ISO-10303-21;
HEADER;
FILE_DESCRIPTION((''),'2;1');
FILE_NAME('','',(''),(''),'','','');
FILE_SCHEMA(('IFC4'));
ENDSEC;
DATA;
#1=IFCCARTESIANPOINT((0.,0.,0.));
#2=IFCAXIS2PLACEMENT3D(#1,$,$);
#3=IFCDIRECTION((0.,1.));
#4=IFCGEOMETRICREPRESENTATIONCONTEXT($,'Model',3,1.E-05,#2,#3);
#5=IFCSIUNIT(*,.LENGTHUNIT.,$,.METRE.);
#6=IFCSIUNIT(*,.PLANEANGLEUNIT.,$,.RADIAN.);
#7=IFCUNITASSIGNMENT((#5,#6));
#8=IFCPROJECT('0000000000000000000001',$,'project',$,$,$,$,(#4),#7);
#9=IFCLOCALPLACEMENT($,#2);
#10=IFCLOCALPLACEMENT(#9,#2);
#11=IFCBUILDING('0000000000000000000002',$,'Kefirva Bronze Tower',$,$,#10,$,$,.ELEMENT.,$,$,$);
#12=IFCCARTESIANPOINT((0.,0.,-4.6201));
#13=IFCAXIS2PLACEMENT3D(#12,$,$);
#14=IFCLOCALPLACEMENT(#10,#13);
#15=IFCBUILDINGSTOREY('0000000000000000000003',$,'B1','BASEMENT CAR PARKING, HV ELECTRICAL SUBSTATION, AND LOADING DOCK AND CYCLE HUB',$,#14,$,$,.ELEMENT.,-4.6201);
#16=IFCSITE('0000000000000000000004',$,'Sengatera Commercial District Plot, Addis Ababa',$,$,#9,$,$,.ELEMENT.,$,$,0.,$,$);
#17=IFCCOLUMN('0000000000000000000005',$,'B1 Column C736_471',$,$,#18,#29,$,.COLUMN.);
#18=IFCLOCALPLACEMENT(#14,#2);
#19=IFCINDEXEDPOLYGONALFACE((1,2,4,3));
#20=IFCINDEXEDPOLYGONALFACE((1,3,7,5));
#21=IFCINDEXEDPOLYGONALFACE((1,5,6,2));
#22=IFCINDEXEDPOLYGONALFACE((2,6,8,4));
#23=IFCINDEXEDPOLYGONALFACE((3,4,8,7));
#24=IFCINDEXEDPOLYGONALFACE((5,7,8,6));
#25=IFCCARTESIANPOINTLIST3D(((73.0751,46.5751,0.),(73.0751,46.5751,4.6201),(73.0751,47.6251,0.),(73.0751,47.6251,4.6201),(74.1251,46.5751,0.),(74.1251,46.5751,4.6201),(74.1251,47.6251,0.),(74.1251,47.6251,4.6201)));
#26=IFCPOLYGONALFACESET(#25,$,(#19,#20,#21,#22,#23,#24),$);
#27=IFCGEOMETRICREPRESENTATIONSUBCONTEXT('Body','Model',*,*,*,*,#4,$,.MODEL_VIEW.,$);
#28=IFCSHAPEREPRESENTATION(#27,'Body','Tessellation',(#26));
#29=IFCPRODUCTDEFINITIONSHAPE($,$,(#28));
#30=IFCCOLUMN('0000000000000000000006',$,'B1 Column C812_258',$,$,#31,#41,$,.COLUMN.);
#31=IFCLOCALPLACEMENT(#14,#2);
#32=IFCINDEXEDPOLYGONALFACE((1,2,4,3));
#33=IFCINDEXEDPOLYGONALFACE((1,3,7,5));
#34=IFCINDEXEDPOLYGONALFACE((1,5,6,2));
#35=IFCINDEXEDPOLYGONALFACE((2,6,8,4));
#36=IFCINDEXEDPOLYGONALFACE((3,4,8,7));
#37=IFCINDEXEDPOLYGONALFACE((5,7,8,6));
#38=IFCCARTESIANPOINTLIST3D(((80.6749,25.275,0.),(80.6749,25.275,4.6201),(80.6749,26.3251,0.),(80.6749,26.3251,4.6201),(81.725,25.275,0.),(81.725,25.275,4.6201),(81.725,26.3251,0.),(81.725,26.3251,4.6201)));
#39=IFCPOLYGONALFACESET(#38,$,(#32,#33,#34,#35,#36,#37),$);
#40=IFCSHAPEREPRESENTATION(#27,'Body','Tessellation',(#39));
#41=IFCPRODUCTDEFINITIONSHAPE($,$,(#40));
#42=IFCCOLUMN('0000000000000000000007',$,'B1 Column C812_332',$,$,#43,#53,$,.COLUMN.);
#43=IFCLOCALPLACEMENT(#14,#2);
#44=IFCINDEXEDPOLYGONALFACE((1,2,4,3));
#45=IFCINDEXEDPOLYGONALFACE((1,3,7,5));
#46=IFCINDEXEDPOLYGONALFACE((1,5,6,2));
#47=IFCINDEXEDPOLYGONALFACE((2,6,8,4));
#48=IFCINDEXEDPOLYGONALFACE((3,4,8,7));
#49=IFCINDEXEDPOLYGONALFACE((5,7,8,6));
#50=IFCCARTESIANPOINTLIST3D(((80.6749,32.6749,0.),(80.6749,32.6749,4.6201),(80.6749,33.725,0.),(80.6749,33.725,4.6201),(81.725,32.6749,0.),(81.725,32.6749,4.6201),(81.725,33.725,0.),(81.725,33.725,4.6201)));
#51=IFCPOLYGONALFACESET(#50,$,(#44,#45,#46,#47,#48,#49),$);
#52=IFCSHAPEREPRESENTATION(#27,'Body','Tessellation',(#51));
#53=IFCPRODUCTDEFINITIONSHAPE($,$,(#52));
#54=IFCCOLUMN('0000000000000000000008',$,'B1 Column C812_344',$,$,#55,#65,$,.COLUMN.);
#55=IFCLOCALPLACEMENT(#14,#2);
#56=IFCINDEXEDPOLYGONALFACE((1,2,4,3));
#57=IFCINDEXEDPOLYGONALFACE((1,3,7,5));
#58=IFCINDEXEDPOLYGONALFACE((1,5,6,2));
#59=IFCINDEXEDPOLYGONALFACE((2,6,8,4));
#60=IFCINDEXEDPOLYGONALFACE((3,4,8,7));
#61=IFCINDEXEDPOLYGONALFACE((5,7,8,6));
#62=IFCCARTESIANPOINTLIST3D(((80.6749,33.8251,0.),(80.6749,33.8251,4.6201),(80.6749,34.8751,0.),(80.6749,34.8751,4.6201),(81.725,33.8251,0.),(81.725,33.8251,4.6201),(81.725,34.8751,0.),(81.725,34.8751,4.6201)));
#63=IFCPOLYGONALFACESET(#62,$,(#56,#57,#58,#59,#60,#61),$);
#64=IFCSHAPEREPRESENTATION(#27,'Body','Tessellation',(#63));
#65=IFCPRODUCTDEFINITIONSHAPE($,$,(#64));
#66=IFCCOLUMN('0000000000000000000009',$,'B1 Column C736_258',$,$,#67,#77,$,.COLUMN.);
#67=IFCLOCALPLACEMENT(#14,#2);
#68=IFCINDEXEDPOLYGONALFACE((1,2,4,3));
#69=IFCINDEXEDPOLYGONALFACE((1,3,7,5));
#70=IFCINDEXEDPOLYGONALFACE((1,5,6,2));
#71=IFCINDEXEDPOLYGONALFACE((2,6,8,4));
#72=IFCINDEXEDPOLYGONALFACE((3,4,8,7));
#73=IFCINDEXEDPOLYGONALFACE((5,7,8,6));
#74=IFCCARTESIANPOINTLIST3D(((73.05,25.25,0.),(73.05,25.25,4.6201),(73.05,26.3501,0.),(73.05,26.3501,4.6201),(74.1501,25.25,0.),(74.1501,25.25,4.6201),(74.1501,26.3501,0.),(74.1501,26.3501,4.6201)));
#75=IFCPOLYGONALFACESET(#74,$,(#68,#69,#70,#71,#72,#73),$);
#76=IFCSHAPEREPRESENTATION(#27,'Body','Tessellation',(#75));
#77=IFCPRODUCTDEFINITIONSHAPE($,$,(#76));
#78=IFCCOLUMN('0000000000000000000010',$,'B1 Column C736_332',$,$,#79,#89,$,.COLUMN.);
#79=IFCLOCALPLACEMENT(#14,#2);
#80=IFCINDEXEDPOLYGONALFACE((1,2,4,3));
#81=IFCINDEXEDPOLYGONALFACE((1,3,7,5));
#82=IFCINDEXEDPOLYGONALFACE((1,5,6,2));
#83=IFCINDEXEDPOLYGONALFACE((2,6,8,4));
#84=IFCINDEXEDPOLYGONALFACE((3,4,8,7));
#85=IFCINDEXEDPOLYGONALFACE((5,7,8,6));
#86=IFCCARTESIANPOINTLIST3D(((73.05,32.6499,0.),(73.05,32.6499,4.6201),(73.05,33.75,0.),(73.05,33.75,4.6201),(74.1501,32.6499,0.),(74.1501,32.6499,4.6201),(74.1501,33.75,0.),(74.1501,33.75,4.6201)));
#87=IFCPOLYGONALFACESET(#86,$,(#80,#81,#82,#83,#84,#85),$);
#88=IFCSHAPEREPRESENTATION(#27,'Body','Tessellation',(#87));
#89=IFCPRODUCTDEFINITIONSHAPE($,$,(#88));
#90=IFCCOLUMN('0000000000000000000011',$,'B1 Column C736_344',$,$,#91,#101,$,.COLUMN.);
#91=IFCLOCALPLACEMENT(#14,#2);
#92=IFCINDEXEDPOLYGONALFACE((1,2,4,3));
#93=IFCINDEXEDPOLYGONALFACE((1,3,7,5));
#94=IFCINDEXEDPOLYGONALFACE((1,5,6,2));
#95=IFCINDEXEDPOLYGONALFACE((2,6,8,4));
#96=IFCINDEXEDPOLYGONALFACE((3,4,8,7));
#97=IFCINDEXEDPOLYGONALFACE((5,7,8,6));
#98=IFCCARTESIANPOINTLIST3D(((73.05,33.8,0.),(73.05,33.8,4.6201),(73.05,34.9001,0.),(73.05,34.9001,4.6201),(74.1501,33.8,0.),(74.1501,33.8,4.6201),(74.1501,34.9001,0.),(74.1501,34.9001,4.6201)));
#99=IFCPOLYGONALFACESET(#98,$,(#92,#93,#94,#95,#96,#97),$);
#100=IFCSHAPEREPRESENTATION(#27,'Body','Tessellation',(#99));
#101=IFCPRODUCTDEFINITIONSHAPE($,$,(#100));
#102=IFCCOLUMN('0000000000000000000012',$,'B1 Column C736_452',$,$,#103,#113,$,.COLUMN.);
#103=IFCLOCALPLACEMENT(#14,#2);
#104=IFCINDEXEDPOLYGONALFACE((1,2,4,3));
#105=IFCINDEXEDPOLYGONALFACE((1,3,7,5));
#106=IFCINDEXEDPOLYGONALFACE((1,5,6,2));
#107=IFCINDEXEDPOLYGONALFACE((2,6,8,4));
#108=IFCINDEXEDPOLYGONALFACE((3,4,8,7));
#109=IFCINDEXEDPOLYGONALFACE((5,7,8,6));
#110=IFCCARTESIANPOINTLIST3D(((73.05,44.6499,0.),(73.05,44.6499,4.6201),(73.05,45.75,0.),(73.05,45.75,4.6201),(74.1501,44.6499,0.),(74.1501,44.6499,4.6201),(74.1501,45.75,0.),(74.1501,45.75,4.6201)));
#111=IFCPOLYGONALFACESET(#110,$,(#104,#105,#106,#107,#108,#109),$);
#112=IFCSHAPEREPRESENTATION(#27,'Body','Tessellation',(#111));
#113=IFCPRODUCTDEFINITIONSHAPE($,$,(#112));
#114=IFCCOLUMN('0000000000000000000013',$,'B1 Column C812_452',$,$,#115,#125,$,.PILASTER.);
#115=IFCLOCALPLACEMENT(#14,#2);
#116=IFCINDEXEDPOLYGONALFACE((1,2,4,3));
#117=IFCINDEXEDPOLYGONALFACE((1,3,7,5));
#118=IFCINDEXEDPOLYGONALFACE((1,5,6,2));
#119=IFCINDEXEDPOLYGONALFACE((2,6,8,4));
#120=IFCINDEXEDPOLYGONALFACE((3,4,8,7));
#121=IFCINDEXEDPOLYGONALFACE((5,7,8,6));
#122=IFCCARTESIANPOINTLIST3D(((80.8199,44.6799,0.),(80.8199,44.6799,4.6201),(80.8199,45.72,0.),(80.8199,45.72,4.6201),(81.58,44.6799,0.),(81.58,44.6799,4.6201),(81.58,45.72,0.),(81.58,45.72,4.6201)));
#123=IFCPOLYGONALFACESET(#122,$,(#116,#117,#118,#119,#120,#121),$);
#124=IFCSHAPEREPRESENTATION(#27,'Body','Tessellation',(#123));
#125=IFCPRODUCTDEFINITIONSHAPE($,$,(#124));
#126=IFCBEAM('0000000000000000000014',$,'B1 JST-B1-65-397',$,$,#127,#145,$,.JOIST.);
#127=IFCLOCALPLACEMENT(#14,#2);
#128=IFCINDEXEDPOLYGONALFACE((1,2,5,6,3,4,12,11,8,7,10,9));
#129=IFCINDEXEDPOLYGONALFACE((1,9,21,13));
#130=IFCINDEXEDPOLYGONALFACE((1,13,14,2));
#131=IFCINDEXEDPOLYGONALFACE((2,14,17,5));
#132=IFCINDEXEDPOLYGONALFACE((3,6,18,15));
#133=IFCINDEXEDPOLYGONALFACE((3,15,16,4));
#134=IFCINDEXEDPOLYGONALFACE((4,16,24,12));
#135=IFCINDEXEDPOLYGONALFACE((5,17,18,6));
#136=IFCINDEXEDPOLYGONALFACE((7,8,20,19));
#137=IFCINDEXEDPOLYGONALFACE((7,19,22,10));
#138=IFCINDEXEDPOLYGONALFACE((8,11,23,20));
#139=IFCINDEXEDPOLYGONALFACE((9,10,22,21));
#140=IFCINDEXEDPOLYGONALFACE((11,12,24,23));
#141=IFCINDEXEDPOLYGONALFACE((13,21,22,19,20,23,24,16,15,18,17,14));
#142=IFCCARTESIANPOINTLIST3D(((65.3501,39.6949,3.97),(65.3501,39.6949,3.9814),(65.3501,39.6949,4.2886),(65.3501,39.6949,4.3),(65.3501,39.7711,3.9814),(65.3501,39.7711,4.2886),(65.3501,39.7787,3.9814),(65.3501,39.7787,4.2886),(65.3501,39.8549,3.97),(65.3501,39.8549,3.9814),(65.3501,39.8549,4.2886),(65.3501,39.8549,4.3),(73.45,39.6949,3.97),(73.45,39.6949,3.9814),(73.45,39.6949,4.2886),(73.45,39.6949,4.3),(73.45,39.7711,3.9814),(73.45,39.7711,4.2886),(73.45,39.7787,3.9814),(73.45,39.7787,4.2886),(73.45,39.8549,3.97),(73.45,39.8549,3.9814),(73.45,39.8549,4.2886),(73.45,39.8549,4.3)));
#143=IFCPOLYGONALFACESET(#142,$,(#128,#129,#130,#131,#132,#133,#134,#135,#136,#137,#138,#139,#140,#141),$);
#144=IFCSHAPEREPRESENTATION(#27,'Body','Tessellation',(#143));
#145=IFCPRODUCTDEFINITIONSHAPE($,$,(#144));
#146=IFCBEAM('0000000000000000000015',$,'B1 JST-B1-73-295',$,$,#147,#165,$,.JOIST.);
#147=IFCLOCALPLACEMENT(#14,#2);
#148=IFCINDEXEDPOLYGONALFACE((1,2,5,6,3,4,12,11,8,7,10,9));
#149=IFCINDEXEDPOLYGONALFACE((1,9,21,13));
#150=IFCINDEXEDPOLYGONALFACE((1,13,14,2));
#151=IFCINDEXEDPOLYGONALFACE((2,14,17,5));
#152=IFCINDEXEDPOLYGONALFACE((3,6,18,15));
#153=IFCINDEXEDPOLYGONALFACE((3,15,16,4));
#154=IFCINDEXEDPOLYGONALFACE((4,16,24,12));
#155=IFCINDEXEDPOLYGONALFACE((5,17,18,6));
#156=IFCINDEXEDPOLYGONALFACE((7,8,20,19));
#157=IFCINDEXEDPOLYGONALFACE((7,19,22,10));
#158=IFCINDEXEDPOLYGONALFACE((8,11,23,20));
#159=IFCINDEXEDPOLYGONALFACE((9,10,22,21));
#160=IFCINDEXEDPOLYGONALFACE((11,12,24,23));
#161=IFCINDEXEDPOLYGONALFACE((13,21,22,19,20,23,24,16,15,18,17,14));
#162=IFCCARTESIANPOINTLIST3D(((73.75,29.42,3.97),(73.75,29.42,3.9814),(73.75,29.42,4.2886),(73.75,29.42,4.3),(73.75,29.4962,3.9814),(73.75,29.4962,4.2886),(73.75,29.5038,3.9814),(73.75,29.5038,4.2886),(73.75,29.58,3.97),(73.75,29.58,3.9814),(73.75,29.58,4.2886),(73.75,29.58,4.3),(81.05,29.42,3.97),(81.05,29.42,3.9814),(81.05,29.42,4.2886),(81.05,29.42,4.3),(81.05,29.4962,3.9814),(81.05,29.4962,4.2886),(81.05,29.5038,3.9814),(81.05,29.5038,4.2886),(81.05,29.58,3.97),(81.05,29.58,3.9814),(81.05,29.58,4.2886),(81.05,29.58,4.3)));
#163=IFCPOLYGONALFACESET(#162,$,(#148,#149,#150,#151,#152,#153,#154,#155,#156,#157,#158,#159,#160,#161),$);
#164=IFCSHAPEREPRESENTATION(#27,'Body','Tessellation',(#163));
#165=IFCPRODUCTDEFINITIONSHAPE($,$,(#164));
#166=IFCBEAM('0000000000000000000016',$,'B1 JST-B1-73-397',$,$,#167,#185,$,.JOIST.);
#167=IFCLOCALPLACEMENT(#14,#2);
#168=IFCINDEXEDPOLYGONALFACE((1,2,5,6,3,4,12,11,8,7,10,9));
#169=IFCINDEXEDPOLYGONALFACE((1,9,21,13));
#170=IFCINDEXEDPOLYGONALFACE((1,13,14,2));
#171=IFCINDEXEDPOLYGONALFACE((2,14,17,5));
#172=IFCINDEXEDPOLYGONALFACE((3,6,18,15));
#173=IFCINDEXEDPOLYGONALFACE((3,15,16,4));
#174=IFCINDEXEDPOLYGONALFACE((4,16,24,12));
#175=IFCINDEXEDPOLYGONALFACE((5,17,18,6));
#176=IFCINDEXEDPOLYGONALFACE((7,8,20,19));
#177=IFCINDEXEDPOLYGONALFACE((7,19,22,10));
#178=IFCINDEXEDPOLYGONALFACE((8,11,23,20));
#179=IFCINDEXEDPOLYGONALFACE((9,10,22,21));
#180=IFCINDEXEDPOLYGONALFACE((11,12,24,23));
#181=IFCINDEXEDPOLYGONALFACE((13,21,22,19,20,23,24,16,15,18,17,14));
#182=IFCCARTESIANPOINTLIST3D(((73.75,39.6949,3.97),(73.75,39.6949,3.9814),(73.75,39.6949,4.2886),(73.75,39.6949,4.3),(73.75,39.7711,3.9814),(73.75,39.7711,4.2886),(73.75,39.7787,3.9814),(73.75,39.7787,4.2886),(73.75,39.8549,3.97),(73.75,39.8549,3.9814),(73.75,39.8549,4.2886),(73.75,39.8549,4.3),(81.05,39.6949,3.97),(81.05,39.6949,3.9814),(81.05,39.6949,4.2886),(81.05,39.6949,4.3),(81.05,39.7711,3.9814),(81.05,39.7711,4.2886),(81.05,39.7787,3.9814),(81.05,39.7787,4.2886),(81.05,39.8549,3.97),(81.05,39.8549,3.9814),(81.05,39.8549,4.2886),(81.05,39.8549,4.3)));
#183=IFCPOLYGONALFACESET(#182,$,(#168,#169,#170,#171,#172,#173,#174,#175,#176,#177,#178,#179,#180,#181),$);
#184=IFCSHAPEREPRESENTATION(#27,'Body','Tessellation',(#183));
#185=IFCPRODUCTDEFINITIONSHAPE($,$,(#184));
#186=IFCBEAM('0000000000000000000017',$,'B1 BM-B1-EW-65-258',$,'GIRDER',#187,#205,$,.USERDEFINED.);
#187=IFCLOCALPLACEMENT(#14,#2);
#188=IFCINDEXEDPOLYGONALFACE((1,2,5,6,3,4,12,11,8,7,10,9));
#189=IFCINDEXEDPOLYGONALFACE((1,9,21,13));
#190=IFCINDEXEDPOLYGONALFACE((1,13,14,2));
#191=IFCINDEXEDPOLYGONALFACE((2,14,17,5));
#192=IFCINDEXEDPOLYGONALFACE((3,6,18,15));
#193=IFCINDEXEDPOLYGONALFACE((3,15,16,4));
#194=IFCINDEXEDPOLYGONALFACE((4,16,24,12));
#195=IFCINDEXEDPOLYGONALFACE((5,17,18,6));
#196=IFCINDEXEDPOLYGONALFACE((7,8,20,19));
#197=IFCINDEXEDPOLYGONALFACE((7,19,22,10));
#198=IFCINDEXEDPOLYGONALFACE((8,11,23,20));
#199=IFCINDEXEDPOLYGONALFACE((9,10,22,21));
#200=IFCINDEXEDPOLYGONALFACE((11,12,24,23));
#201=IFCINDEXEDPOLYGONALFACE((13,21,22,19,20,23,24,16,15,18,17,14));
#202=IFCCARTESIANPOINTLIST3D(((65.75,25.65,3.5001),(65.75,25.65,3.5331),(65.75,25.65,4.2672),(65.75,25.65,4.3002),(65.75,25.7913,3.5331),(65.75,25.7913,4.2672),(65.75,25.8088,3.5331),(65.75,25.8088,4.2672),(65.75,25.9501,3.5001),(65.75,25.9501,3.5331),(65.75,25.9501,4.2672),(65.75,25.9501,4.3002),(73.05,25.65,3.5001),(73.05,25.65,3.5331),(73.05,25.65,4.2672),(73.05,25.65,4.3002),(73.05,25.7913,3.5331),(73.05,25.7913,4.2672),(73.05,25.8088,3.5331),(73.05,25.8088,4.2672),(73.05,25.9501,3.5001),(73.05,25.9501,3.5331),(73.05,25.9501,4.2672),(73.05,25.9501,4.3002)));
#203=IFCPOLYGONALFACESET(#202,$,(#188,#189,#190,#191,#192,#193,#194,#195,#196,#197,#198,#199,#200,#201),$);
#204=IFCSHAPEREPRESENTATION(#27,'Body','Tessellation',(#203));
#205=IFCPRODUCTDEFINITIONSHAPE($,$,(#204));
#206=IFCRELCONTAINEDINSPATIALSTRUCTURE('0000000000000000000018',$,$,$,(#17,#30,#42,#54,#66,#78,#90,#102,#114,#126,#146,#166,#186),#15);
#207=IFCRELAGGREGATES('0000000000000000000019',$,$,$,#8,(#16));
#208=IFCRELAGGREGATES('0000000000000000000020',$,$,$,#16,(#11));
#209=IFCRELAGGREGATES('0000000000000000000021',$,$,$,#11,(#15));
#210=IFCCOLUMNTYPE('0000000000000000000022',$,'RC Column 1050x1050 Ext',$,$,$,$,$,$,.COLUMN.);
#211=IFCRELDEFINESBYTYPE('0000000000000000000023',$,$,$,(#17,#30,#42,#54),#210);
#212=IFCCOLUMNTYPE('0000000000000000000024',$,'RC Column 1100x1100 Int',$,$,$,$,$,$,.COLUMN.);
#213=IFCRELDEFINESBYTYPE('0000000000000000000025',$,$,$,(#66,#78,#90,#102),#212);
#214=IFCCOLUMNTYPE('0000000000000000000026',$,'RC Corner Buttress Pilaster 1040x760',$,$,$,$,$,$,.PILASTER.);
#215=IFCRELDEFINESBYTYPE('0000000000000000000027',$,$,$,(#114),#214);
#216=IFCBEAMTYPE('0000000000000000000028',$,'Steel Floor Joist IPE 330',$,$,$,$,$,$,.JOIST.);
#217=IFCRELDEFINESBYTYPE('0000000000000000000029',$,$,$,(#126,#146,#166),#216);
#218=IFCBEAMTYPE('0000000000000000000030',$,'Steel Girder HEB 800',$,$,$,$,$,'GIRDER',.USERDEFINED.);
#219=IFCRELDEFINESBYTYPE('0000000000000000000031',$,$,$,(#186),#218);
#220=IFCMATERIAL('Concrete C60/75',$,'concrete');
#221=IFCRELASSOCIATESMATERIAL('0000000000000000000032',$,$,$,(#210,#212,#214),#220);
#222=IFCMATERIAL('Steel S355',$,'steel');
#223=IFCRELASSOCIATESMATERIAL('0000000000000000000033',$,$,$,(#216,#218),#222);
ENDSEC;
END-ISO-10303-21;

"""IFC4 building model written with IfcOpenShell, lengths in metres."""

from ifc_helpers import new_model, si_unit, direction, frame, origin, origin_2d, place, context, subcontext, project, spatial, rectangle, i_section, extrude, material, material_profile, profile_set, type_object, element, save


model = new_model("IFC4")

# Units and contexts
model_context = context("Model", 3, precision=1e-05, world=origin(), true_north=direction((0.0, 1.0)))
body_context = subcontext(model_context, "Body", "Model", "MODEL_VIEW")
ifc_project = project(units=[si_unit("LENGTHUNIT", "METRE"), si_unit("PLANEANGLEUNIT", "RADIAN")], contexts=[model_context])

# Site, building, storey
site_placement = place(None, origin())
site = spatial("IfcSite", under=ifc_project, at=site_placement, Name="Sengatera Commercial District Plot, Addis Ababa", CompositionType="ELEMENT", RefElevation=0.0)
building_placement = place(site_placement, origin())
building = spatial("IfcBuilding", under=site, at=building_placement, Name="Kefirva Bronze Tower", CompositionType="ELEMENT")
storey_placement = place(building_placement, frame((0.0, 0.0, -4.6201)))
storey = spatial("IfcBuildingStorey", under=building, at=storey_placement, Name="B1", Description="BASEMENT CAR PARKING, HV ELECTRICAL SUBSTATION, AND LOADING DOCK AND CYCLE HUB", CompositionType="ELEMENT", Elevation=-4.6201)

# Columns
ifc_material_1 = material(Name="Concrete C60/75", Category="concrete")
ifc_material_profile_1 = material_profile(ifc_material_1, rectangle(XDim=1.05, YDim=1.05, at=origin_2d()), Name="RC 1050x1050")
ifc_profile_set_1 = profile_set([ifc_material_profile_1], Name="Concrete C60/75")
column_type_1 = type_object("IfcColumnType", Name="RC Column 1050x1050 Ext", PredefinedType="COLUMN", material=ifc_profile_set_1)
for number, where, z_axis, x_axis, name in (
    (1, (73.6001, 47.1001, 0.0), (0.0, 0.0, 1.0), (1.0, 0.0, 0.0), "B1 Column C736_471"),
    (2, (81.2, 25.8, 0.0), (0.0, 0.0, 1.0), (1.0, 0.0, 0.0), "B1 Column C812_258"),
    (3, (81.2, 33.2, 0.0), (0.0, 0.0, 1.0), (1.0, 0.0, 0.0), "B1 Column C812_332"),
    (4, (81.2, 34.3501, 0.0), (0.0, 0.0, 1.0), (1.0, 0.0, 0.0), "B1 Column C812_344"),
):
    element("IfcColumn", number, at=place(storey_placement, frame(where, z_axis=z_axis, x_axis=x_axis)), inside=storey, type_object=column_type_1, Name=name, PredefinedType="COLUMN", context=body_context, shape_type="SweptSolid", body=[
        extrude(rectangle(XDim=1.05, YDim=1.05, at=origin_2d()), origin(), (0.0, 0.0, 1.0), 4.6201),
    ])
ifc_material_profile_2 = material_profile(ifc_material_1, rectangle(XDim=1.1001, YDim=1.1001, at=origin_2d()), Name="RC 1100x1100")
ifc_profile_set_2 = profile_set([ifc_material_profile_2], Name="Concrete C60/75")
column_type_2 = type_object("IfcColumnType", Name="RC Column 1100x1100 Int", PredefinedType="COLUMN", material=ifc_profile_set_2)
for number, where, z_axis, x_axis, name in (
    (5, (73.6001, 25.8, 0.0), (0.0, 0.0, 1.0), (1.0, 0.0, 0.0), "B1 Column C736_258"),
    (6, (73.6001, 33.2, 0.0), (0.0, 0.0, 1.0), (1.0, 0.0, 0.0), "B1 Column C736_332"),
    (7, (73.6001, 34.3501, 0.0), (0.0, 0.0, 1.0), (1.0, 0.0, 0.0), "B1 Column C736_344"),
    (8, (73.6001, 45.2, 0.0), (0.0, 0.0, 1.0), (1.0, 0.0, 0.0), "B1 Column C736_452"),
):
    element("IfcColumn", number, at=place(storey_placement, frame(where, z_axis=z_axis, x_axis=x_axis)), inside=storey, type_object=column_type_2, Name=name, PredefinedType="COLUMN", context=body_context, shape_type="SweptSolid", body=[
        extrude(rectangle(XDim=1.1001, YDim=1.1001, at=origin_2d()), origin(), (0.0, 0.0, 1.0), 4.6201),
    ])
ifc_material_profile_3 = material_profile(ifc_material_1, rectangle(XDim=0.76, YDim=1.04, at=origin_2d()), Name="RC 760x1040")
ifc_profile_set_3 = profile_set([ifc_material_profile_3], Name="Concrete C60/75")
column_type_3 = type_object("IfcColumnType", Name="RC Corner Buttress Pilaster 1040x760", PredefinedType="PILASTER", material=ifc_profile_set_3)
column_placement = place(storey_placement, frame((81.2, 45.2, 0.0), z_axis=(0.0, 0.0, 1.0), x_axis=(1.0, 0.0, 0.0)))
element("IfcColumn", 9, at=column_placement, inside=storey, type_object=column_type_3, Name="B1 Column C812_452", PredefinedType="PILASTER", context=body_context, shape_type="SweptSolid", body=[
    extrude(rectangle(XDim=0.76, YDim=1.04, at=origin_2d()), origin(), (0.0, 0.0, 1.0), 4.6201),
])

# Beams
ifc_material_2 = material(Name="Steel S355", Category="steel")
ifc_material_profile_4 = material_profile(ifc_material_2, i_section(OverallWidth=0.1599, OverallDepth=0.3301, WebThickness=0.0076, FlangeThickness=0.0115, at=origin_2d()), Name="IPE 330")
ifc_profile_set_4 = profile_set([ifc_material_profile_4], Name="Steel S355")
beam_type_1 = type_object("IfcBeamType", Name="Steel Floor Joist IPE 330", PredefinedType="JOIST", material=ifc_profile_set_4)
beam_1_placement = place(storey_placement, frame((65.3501, 39.7749, 4.135), z_axis=(1.0, 0.0, 0.0), x_axis=(0.0, 1.0, 0.0)))
element("IfcBeam", 10, at=beam_1_placement, inside=storey, type_object=beam_type_1, Name="B1 JST-B1-65-397", PredefinedType="JOIST", context=body_context, shape_type="SweptSolid", body=[
    extrude(i_section(OverallWidth=0.1599, OverallDepth=0.3301, WebThickness=0.0076, FlangeThickness=0.0115, at=origin_2d()), origin(), (0.0, 0.0, 1.0), 8.0999),
])
for number, where, z_axis, x_axis, name in (
    (11, (73.75, 29.5, 4.135), (1.0, 0.0, 0.0), (0.0, 1.0, 0.0), "B1 JST-B1-73-295"),
    (12, (73.75, 39.7749, 4.135), (1.0, 0.0, 0.0), (0.0, 1.0, 0.0), "B1 JST-B1-73-397"),
):
    element("IfcBeam", number, at=place(storey_placement, frame(where, z_axis=z_axis, x_axis=x_axis)), inside=storey, type_object=beam_type_1, Name=name, PredefinedType="JOIST", context=body_context, shape_type="SweptSolid", body=[
        extrude(i_section(OverallWidth=0.1599, OverallDepth=0.3301, WebThickness=0.0076, FlangeThickness=0.0115, at=origin_2d()), origin(), (0.0, 0.0, 1.0), 7.3),
    ])
ifc_material_profile_5 = material_profile(ifc_material_2, i_section(OverallWidth=0.3, OverallDepth=0.8, WebThickness=0.0176, FlangeThickness=0.033, at=origin_2d()), Name="HEB 800")
ifc_profile_set_5 = profile_set([ifc_material_profile_5], Name="Steel S355")
beam_type_2 = type_object("IfcBeamType", Name="Steel Girder HEB 800", ElementType="GIRDER", PredefinedType="USERDEFINED", material=ifc_profile_set_5)
beam_2_placement = place(storey_placement, frame((65.75, 25.8, 3.9001), z_axis=(1.0, 0.0, 0.0), x_axis=(0.0, 1.0, 0.0)))
element("IfcBeam", 13, at=beam_2_placement, inside=storey, type_object=beam_type_2, Name="B1 BM-B1-EW-65-258", ObjectType="GIRDER", PredefinedType="USERDEFINED", context=body_context, shape_type="SweptSolid", body=[
    extrude(i_section(OverallWidth=0.3, OverallDepth=0.8, WebThickness=0.0176, FlangeThickness=0.033, at=origin_2d()), origin(), (0.0, 0.0, 1.0), 7.3),
])

save(model, "model.ifc")
